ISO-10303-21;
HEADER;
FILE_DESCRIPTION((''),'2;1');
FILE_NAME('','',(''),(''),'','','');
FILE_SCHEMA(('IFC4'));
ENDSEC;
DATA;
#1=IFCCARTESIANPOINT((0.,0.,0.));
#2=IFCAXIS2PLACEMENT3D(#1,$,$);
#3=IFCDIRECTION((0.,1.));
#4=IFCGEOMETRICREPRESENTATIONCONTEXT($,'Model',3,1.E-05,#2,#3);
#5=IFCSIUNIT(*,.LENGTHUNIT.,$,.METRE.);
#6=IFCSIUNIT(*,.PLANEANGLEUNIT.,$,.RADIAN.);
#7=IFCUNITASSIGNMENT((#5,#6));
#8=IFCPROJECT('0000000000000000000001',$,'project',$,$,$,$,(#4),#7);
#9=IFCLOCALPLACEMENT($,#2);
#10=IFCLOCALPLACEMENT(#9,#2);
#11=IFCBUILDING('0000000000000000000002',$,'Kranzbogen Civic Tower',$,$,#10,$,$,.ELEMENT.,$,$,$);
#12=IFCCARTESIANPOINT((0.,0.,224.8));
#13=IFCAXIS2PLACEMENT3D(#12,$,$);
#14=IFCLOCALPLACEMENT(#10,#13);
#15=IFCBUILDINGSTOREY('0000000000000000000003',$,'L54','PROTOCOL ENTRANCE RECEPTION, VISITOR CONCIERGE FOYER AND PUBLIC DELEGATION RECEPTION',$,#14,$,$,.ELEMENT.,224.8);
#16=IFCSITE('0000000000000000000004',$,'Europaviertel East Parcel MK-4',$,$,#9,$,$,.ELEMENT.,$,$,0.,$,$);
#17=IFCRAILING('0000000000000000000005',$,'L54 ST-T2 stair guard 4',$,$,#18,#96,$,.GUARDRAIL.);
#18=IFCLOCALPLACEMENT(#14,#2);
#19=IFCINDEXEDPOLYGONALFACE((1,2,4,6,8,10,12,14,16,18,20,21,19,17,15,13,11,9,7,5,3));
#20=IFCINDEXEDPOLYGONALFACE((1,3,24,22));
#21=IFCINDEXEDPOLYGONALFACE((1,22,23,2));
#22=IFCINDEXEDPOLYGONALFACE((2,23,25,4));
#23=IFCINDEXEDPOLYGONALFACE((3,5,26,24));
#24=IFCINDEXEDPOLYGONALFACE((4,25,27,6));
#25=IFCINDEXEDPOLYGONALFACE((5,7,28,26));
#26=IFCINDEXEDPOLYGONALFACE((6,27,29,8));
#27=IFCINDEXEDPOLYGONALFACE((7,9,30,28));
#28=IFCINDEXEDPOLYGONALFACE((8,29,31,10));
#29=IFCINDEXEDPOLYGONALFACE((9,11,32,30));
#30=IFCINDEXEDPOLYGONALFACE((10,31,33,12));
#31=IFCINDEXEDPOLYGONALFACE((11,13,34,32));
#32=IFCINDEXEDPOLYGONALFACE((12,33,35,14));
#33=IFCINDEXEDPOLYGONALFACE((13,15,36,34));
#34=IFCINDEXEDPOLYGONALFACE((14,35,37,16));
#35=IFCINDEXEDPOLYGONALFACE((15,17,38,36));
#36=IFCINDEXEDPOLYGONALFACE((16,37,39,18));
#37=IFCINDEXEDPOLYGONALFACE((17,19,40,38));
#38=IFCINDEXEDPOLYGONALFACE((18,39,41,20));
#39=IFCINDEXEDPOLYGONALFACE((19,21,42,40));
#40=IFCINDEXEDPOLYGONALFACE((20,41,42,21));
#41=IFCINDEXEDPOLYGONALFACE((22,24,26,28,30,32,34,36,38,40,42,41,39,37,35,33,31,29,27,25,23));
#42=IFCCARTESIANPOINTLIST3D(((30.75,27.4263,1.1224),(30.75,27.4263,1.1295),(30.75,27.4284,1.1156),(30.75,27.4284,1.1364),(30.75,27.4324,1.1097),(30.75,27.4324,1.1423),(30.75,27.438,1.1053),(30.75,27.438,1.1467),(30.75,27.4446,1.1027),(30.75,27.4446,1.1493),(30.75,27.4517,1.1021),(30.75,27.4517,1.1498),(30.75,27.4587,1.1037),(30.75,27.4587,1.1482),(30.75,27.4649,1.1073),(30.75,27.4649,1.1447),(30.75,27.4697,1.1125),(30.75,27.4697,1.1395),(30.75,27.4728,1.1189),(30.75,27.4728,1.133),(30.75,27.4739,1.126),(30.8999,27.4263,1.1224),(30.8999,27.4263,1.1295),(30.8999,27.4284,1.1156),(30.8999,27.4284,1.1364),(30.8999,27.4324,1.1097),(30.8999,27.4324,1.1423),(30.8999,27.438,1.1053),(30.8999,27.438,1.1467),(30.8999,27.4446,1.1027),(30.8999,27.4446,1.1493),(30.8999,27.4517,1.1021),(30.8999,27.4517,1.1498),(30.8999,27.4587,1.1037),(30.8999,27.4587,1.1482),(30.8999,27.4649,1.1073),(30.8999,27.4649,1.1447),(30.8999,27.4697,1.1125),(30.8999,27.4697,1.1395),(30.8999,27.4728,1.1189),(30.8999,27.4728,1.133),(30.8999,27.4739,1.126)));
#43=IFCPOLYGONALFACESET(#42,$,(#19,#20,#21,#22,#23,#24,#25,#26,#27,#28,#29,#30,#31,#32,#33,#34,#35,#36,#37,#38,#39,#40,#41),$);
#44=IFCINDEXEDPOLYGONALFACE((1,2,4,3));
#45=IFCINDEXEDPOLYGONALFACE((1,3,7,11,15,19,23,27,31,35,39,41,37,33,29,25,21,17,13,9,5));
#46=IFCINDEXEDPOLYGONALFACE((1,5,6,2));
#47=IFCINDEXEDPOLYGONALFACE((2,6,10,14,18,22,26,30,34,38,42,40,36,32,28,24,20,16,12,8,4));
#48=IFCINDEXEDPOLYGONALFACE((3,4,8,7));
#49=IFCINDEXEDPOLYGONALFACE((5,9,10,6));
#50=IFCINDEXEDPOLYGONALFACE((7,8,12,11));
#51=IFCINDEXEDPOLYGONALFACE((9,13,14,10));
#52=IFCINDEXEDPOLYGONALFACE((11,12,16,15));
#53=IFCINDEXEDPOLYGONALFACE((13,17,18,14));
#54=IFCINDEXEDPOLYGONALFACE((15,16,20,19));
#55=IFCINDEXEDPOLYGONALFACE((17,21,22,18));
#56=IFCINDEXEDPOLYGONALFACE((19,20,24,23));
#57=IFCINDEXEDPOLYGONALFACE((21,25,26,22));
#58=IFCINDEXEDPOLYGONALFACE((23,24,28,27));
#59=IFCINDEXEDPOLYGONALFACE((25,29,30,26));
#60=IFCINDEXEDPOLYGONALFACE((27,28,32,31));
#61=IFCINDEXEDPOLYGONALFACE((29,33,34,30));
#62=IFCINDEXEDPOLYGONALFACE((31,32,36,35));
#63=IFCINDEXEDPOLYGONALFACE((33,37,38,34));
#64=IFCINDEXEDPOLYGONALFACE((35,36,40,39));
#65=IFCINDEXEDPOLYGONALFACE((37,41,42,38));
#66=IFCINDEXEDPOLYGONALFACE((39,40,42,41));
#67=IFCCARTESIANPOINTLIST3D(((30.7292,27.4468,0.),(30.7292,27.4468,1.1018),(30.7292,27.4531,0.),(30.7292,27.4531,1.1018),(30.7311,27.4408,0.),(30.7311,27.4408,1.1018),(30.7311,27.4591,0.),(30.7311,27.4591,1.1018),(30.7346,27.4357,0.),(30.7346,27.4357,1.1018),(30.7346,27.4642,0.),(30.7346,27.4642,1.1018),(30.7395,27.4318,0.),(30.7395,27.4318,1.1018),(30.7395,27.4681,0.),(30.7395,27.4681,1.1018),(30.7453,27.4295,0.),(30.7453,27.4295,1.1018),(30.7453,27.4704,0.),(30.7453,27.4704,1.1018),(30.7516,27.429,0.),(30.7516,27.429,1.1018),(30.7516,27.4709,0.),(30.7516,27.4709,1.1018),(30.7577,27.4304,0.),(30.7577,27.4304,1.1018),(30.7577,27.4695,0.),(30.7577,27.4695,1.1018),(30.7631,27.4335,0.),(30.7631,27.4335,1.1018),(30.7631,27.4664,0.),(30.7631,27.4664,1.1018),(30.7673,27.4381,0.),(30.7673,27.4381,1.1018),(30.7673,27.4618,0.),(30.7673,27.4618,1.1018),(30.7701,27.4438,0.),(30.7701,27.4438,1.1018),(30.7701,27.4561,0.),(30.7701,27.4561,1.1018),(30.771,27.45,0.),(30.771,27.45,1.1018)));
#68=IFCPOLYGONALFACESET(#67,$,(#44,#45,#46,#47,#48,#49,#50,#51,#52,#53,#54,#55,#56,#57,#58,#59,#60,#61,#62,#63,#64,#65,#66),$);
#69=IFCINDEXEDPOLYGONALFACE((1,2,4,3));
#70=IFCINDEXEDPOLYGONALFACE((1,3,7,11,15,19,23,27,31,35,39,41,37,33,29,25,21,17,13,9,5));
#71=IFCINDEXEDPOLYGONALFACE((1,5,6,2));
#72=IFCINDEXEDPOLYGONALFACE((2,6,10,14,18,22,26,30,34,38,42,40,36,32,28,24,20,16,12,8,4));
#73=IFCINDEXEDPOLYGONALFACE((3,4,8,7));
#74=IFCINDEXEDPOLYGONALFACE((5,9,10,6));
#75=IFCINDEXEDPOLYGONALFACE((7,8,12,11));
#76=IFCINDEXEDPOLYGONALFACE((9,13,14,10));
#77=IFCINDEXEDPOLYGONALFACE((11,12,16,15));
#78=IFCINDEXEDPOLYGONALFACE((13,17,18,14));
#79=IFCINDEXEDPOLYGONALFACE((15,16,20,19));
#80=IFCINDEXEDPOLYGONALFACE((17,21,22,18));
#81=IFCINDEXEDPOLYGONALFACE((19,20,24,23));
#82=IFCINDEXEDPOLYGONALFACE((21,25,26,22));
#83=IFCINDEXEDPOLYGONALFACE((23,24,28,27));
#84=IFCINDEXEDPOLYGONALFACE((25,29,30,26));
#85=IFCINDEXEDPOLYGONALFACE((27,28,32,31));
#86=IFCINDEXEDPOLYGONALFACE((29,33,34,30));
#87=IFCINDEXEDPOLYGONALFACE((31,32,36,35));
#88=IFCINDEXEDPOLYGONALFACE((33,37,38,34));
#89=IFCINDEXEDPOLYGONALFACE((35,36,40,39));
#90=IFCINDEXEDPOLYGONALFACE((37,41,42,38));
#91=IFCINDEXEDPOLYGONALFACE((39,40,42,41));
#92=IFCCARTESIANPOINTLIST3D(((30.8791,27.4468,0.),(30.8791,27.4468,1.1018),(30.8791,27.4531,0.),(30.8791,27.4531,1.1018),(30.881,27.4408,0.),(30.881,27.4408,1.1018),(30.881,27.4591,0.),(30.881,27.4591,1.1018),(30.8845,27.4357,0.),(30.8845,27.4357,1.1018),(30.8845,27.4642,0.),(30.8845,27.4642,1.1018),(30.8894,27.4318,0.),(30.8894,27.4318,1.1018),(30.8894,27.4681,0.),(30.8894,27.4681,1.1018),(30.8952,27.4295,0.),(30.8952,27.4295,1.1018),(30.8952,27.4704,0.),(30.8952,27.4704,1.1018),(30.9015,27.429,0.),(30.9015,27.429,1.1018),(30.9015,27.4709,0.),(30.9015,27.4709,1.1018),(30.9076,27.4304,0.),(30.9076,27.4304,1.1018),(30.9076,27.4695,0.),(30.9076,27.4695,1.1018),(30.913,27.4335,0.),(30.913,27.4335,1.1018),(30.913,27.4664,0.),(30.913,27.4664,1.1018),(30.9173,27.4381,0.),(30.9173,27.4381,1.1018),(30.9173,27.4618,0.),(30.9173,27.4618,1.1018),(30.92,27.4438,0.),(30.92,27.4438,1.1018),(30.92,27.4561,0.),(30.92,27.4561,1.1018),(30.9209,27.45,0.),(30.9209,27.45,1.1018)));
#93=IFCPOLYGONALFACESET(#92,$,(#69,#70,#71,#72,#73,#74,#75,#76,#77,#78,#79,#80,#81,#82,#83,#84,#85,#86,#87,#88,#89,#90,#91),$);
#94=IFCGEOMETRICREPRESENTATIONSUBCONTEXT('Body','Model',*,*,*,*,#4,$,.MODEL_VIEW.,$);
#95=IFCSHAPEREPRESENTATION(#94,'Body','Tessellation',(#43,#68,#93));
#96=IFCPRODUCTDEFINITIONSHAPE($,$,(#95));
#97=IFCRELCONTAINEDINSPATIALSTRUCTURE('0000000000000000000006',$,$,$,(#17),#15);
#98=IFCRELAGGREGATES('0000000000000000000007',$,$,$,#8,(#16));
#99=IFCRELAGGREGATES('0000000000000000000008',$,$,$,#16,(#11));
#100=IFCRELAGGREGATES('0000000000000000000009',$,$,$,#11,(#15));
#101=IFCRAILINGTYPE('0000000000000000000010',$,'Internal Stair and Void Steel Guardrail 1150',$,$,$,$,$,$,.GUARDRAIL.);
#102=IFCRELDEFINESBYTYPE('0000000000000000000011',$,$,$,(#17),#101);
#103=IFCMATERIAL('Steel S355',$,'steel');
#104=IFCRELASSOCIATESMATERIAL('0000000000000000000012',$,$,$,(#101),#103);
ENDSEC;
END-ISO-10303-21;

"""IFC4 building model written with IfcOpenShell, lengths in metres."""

from ifc_helpers import new_model, si_unit, direction, frame, origin, origin_2d, place, context, subcontext, project, spatial, circle, extrude, material, type_object, element, save


model = new_model("IFC4")

# Units and contexts
model_context = context("Model", 3, precision=1e-05, world=origin(), true_north=direction((0.0, 1.0)))
body_context = subcontext(model_context, "Body", "Model", "MODEL_VIEW")
ifc_project = project(units=[si_unit("LENGTHUNIT", "METRE"), si_unit("PLANEANGLEUNIT", "RADIAN")], contexts=[model_context])

# Site, building, storey
site_placement = place(None, origin())
site = spatial("IfcSite", under=ifc_project, at=site_placement, Name="Europaviertel East Parcel MK-4", CompositionType="ELEMENT", RefElevation=0.0)
building_placement = place(site_placement, origin())
building = spatial("IfcBuilding", under=site, at=building_placement, Name="Kranzbogen Civic Tower", CompositionType="ELEMENT")
storey_placement = place(building_placement, frame((0.0, 0.0, 224.8)))
storey = spatial("IfcBuildingStorey", under=building, at=storey_placement, Name="L54", Description="PROTOCOL ENTRANCE RECEPTION, VISITOR CONCIERGE FOYER AND PUBLIC DELEGATION RECEPTION", CompositionType="ELEMENT", Elevation=224.8)

# Shared definitions
ifc_material_1 = material(Name="Steel S355", Category="steel")

# Railing
railing_type_1 = type_object("IfcRailingType", Name="Internal Stair and Void Steel Guardrail 1150", PredefinedType="GUARDRAIL", material=ifc_material_1)
railing_1_placement = place(storey_placement, frame((30.75, 27.45, 0.0)))
element("IfcRailing", 1, at=railing_1_placement, inside=storey, type_object=railing_type_1, Name="L54 ST-T2 stair guard 4", PredefinedType="GUARDRAIL", context=body_context, shape_type="SweptSolid", body=[
    extrude(circle(Radius=0.0239, at=origin_2d()), frame((0.0, 0.0, 1.126), z_axis=(1.0, 0.0, 0.0), x_axis=(0.0, 1.0, 0.0)), (0.0, 0.0, 1.0), 0.1499),
    extrude(circle(Radius=0.021, at=origin_2d()), origin(), (0.0, 0.0, 1.0), 1.1018),
    extrude(circle(Radius=0.021, at=origin_2d()), frame((0.1499, 0.0, 0.0)), (0.0, 0.0, 1.0), 1.1018),
])

save(model, "model.ifc")
